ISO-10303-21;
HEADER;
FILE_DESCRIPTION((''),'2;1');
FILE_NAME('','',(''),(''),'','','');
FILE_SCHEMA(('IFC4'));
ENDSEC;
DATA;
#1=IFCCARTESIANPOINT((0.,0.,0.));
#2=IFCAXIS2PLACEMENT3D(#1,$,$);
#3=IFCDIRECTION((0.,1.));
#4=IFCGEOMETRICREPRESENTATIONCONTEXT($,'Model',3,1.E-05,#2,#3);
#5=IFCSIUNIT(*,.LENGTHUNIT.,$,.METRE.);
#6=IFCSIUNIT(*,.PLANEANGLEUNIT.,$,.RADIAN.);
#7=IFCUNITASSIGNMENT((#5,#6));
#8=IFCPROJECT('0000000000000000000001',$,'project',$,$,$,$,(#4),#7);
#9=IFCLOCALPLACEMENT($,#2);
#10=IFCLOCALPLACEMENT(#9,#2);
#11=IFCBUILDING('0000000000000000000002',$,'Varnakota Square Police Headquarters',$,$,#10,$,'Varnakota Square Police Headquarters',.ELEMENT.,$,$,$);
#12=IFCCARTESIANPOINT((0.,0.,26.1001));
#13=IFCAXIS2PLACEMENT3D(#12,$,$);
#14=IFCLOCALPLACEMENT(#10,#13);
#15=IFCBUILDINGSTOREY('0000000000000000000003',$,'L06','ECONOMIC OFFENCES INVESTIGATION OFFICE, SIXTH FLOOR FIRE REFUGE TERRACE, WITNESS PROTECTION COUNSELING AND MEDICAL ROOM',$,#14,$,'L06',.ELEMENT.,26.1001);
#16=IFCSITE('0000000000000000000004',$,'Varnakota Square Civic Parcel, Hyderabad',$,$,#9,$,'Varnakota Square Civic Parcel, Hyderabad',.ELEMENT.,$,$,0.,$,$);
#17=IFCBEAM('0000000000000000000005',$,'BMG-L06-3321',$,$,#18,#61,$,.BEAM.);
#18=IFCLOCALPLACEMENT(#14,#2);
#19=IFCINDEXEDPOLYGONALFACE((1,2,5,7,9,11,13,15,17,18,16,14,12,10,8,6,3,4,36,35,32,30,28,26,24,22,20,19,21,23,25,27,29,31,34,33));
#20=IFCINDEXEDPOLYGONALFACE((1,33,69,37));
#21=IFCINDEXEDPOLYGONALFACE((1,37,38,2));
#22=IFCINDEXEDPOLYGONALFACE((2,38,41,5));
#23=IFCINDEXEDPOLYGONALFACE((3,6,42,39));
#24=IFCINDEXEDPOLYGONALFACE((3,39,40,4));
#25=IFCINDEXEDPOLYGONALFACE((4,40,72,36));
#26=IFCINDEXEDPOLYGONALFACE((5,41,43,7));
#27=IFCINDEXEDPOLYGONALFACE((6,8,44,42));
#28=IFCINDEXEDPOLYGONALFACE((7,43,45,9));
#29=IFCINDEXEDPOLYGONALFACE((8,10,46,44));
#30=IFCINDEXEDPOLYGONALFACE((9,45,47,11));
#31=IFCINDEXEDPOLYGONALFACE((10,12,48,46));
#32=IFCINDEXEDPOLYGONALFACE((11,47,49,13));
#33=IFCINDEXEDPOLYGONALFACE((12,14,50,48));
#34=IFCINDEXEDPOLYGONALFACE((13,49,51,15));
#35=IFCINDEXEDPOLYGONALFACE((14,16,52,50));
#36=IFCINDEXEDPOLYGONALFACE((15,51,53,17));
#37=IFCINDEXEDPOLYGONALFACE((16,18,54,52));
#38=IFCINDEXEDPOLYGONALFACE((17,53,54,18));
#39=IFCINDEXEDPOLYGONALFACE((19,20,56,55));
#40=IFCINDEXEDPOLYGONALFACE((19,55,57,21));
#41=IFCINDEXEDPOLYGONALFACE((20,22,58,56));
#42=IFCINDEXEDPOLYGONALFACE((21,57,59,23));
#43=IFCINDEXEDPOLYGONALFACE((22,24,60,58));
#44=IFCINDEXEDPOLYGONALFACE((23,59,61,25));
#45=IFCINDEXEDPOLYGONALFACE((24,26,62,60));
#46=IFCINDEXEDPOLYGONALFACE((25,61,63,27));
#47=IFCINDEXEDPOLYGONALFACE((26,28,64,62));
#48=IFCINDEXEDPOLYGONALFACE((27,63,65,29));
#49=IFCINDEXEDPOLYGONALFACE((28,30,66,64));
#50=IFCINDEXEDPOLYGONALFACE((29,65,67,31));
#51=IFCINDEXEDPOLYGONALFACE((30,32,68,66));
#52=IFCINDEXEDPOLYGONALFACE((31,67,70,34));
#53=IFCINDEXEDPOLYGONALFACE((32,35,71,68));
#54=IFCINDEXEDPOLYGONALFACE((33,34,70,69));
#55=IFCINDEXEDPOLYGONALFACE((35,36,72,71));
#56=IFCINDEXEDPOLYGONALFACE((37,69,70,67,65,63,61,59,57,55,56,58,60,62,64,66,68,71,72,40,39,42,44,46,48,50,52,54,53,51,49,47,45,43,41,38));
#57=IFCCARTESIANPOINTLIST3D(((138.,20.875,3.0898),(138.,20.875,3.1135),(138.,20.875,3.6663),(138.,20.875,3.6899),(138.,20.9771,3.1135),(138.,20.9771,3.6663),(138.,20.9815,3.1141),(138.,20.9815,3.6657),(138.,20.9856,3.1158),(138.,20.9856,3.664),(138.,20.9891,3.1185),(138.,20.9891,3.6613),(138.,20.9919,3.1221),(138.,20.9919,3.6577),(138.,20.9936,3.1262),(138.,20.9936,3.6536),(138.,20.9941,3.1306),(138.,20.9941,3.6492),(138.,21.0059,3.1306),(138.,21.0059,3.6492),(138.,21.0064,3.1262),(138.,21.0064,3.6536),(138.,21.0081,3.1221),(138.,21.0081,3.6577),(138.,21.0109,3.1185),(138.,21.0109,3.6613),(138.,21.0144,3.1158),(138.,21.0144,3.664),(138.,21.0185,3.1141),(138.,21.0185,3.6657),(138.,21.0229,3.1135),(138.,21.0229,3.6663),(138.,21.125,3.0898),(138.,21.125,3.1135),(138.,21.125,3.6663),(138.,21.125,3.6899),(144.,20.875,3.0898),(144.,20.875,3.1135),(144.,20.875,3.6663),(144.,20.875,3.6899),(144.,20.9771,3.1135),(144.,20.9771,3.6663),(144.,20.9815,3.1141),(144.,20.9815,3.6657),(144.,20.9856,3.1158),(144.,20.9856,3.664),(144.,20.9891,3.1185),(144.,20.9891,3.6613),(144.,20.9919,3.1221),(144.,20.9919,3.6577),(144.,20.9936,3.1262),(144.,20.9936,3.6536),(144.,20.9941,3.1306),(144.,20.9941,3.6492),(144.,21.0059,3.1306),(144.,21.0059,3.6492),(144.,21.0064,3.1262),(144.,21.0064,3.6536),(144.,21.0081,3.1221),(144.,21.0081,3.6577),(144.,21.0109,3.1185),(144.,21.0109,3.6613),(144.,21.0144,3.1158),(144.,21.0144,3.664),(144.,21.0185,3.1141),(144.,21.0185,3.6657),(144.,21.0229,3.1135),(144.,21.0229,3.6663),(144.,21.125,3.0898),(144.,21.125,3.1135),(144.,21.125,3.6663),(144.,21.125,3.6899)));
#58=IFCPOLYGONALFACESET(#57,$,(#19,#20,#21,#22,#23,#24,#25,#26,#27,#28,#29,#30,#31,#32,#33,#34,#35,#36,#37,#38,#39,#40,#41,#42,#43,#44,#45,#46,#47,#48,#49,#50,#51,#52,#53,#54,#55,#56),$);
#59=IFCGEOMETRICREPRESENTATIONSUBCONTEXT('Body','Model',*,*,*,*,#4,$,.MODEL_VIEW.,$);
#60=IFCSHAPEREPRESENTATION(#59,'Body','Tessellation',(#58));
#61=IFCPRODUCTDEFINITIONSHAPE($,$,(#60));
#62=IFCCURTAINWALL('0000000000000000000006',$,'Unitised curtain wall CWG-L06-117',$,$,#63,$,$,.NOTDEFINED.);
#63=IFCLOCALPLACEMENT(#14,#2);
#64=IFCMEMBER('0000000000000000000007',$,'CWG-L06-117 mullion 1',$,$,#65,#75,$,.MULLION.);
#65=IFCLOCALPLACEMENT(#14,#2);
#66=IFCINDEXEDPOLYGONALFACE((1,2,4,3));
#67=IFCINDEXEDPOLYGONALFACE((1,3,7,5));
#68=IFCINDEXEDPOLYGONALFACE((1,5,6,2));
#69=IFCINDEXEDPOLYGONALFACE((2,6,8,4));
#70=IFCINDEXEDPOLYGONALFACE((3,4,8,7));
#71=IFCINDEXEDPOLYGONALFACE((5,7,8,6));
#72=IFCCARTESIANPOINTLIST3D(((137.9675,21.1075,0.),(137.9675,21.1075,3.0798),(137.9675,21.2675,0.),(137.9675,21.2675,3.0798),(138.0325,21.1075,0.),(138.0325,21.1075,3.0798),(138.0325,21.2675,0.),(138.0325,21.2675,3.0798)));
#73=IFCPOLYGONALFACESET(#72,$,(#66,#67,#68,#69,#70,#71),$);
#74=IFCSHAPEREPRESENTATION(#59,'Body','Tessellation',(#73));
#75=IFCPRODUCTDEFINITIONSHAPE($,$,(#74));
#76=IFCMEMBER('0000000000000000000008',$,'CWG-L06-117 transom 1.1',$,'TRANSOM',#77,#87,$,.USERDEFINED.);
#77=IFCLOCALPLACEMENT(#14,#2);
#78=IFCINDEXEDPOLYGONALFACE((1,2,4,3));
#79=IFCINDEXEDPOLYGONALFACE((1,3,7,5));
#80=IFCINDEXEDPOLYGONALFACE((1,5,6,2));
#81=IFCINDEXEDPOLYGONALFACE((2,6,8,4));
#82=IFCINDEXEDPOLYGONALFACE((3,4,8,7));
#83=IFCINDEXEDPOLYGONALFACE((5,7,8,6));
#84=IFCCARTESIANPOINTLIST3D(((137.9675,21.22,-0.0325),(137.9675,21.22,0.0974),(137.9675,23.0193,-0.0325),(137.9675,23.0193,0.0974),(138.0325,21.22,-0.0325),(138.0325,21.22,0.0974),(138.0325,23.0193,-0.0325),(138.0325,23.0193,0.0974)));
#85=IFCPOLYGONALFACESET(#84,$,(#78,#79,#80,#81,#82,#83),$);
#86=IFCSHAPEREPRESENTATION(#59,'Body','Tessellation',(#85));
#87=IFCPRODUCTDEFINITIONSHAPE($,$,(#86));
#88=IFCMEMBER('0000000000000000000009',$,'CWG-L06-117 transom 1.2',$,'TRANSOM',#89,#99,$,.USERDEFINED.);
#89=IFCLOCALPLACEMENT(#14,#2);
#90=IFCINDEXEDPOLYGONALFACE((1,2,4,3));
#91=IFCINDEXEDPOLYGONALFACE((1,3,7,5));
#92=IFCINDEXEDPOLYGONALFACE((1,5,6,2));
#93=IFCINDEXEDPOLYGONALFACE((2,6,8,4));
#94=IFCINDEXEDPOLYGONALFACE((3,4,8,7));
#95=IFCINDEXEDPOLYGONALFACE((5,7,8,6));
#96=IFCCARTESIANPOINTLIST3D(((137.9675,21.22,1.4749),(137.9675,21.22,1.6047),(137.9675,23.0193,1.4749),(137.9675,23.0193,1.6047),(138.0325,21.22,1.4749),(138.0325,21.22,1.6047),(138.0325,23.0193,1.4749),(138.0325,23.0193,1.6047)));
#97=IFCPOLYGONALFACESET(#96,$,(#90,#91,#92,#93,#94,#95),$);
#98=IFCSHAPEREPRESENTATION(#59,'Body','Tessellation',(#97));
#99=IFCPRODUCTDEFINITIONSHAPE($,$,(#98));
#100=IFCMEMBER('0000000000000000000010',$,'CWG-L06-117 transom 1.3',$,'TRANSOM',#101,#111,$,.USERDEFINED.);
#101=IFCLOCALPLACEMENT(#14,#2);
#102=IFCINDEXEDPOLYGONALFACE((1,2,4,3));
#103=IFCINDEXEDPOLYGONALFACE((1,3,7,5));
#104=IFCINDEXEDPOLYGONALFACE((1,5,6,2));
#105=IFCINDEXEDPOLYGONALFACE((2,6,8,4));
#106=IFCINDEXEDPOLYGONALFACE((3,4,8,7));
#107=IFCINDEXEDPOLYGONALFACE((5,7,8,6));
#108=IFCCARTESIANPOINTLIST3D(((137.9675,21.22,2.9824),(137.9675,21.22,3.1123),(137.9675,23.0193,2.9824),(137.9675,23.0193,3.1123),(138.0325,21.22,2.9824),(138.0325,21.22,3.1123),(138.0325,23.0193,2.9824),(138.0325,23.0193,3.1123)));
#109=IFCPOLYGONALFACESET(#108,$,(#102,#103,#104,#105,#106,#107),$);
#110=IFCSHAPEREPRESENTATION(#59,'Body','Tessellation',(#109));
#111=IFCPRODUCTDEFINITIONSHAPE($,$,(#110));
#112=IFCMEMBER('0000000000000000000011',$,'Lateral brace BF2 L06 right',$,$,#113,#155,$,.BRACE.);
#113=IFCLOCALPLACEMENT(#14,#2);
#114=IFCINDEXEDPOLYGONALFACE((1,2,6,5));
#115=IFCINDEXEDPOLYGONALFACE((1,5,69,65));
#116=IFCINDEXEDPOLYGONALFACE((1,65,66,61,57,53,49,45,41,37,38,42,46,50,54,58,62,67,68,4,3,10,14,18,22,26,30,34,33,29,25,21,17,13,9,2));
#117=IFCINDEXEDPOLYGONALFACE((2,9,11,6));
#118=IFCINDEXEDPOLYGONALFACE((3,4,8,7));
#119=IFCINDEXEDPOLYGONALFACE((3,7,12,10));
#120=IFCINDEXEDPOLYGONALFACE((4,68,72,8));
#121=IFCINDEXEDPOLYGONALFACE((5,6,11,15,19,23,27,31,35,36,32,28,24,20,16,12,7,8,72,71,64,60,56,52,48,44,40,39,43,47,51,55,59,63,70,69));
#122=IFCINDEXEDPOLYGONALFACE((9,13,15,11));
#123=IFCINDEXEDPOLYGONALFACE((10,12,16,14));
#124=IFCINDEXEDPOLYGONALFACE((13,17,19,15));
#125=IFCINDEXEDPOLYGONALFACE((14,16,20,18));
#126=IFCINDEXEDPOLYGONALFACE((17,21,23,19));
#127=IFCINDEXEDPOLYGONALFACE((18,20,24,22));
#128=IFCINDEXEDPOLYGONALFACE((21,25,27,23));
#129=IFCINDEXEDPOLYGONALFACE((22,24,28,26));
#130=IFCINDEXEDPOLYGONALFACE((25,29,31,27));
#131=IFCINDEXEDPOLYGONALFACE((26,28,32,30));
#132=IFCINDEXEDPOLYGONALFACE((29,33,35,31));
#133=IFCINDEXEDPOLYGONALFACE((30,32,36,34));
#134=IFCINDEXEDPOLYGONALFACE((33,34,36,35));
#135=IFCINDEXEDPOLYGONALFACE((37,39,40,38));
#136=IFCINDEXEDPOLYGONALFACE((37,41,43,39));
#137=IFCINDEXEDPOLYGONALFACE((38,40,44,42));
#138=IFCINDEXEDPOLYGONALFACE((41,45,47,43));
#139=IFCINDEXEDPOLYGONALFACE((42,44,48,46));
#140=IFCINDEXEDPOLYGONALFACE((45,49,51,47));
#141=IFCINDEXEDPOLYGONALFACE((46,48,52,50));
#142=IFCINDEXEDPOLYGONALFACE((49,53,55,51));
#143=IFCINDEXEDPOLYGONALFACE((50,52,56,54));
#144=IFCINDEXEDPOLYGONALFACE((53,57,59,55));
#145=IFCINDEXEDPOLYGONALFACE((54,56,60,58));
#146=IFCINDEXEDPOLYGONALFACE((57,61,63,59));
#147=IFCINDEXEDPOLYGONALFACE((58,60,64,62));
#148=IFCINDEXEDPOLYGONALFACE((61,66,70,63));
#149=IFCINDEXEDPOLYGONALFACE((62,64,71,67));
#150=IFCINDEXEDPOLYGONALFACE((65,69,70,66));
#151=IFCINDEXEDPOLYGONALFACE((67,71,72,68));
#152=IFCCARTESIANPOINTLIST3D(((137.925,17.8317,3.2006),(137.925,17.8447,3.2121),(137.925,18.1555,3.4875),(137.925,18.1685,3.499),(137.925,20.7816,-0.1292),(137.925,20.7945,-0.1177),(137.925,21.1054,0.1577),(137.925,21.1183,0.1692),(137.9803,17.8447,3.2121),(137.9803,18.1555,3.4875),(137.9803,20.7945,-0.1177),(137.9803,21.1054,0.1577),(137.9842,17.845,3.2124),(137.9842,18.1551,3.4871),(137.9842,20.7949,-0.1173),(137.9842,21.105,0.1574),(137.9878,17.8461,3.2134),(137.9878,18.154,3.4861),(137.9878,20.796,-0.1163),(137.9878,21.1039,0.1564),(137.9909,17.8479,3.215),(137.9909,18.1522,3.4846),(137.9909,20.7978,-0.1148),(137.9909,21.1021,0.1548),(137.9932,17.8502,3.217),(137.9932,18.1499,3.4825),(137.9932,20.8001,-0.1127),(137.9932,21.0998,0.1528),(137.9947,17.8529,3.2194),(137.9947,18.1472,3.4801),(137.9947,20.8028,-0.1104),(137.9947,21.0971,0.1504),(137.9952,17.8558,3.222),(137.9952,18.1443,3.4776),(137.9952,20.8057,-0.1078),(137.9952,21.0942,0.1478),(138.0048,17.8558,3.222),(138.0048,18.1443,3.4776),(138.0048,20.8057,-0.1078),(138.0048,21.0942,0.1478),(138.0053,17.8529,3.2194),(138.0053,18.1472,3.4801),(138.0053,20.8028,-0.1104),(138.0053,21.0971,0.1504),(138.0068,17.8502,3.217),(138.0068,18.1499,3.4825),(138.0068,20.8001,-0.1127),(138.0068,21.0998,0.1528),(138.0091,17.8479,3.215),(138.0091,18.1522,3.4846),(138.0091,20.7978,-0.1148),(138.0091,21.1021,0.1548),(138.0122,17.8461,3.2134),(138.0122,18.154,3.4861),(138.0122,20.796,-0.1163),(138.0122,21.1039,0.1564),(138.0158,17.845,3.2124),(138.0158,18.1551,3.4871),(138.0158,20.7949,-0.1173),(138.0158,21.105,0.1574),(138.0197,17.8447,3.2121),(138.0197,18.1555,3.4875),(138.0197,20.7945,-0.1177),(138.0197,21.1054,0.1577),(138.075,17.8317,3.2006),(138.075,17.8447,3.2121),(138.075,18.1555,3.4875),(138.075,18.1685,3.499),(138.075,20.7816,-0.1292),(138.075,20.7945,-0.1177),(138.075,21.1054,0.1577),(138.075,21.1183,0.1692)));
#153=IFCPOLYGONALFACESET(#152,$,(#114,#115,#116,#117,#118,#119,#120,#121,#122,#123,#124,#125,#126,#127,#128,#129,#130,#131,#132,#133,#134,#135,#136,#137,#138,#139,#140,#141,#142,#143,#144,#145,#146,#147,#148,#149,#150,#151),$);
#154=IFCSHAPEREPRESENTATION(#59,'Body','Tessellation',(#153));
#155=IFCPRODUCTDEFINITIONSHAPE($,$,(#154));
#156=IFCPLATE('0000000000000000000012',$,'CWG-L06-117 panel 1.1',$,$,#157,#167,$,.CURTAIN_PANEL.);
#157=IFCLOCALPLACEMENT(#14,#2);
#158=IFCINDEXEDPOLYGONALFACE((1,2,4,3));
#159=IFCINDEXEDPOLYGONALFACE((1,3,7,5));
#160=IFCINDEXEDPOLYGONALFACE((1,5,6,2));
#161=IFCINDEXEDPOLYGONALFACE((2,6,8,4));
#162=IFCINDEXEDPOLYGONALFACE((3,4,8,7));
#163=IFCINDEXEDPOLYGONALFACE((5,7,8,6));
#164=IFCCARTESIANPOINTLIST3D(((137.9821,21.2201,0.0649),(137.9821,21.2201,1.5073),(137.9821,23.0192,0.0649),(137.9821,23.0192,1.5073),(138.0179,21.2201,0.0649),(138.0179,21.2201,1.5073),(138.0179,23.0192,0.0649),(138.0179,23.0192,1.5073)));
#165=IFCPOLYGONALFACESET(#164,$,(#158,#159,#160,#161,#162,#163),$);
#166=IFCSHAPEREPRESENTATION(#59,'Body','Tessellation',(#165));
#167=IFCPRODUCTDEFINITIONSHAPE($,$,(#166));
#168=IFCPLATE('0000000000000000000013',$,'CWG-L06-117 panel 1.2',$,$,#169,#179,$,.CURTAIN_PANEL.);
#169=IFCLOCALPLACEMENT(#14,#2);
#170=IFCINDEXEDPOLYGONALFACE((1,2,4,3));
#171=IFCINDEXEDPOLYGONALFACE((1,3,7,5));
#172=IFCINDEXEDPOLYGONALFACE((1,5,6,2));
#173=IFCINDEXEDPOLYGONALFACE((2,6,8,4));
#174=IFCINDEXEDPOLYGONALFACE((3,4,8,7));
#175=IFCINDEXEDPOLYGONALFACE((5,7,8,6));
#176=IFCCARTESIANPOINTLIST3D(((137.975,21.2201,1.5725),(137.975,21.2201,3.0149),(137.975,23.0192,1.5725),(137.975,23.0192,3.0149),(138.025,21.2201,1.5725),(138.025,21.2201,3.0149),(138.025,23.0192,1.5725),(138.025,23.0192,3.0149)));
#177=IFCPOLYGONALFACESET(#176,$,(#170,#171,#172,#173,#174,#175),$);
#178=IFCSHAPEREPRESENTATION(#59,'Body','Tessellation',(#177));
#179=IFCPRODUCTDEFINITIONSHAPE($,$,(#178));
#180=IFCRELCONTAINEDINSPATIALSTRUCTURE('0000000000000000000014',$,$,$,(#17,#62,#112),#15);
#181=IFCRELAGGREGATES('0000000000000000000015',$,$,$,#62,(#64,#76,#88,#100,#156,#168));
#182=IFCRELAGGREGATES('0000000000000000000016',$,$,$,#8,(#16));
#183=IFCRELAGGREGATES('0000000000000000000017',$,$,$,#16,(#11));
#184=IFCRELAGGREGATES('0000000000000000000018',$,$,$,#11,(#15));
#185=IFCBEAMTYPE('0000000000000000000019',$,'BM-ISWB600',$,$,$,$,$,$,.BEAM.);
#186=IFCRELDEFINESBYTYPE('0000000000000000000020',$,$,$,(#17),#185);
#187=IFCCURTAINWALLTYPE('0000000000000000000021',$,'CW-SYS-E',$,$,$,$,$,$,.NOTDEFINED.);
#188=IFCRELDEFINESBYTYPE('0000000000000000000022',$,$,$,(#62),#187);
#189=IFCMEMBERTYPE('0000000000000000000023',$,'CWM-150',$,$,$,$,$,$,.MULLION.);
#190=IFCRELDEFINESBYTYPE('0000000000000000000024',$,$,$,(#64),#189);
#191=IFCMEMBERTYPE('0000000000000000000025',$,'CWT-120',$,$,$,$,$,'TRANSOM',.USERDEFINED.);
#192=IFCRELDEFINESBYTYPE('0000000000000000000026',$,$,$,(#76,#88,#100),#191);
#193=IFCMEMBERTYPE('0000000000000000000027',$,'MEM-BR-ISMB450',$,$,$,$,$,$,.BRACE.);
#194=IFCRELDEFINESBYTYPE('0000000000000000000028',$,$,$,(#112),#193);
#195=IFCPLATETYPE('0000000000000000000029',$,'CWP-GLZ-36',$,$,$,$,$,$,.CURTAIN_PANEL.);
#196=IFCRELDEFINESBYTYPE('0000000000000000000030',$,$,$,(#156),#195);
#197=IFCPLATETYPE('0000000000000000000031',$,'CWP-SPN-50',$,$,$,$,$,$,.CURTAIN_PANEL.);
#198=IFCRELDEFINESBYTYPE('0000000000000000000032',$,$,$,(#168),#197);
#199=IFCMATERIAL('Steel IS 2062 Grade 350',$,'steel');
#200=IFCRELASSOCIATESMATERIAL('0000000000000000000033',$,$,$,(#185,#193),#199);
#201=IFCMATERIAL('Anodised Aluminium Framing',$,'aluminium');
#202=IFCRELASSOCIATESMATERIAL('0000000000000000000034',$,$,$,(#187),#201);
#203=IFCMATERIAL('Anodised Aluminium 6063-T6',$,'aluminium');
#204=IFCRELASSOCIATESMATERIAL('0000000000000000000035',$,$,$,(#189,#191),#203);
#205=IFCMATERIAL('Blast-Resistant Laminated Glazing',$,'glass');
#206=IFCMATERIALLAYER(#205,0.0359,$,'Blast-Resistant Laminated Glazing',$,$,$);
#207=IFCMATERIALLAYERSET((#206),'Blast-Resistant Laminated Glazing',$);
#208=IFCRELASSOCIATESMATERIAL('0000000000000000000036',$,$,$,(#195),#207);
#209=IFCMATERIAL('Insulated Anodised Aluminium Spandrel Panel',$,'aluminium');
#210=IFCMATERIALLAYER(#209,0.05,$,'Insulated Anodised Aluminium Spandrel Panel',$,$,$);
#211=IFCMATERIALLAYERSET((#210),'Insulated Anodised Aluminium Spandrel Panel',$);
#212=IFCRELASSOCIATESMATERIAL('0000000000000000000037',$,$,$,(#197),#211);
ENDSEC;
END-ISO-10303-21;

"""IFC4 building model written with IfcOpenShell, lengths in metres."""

from ifc_helpers import new_model, si_unit, direction, frame, origin, origin_2d, place, context, subcontext, project, spatial, rectangle, i_section, extrude, material, layer, layer_set, material_profile, profile_set, type_object, element, aggregate, save


model = new_model("IFC4")

# Units and contexts
model_context = context("Model", 3, precision=1e-05, world=origin(), true_north=direction((0.0, 1.0)))
body_context = subcontext(model_context, "Body", "Model", "MODEL_VIEW")
ifc_project = project(units=[si_unit("LENGTHUNIT", "METRE"), si_unit("PLANEANGLEUNIT", "RADIAN")], contexts=[model_context])

# Site, building, storey
site_placement = place(None, origin())
site = spatial("IfcSite", under=ifc_project, at=site_placement, Name="Varnakota Square Civic Parcel, Hyderabad", LongName="Varnakota Square Civic Parcel, Hyderabad", CompositionType="ELEMENT", RefElevation=0.0)
building_placement = place(site_placement, origin())
building = spatial("IfcBuilding", under=site, at=building_placement, Name="Varnakota Square Police Headquarters", LongName="Varnakota Square Police Headquarters", CompositionType="ELEMENT")
storey_placement = place(building_placement, frame((0.0, 0.0, 26.1001)))
storey = spatial("IfcBuildingStorey", under=building, at=storey_placement, Name="L06", Description="ECONOMIC OFFENCES INVESTIGATION OFFICE, SIXTH FLOOR FIRE REFUGE TERRACE, WITNESS PROTECTION COUNSELING AND MEDICAL ROOM", LongName="L06", CompositionType="ELEMENT", Elevation=26.1001)

# Shared definitions
ifc_material_1 = material(Name="Steel IS 2062 Grade 350", Category="steel")

# Beam
ifc_material_profile_1 = material_profile(ifc_material_1, i_section(OverallWidth=0.25, OverallDepth=0.6001, WebThickness=0.0117, FlangeThickness=0.0237, FilletRadius=0.0171, at=origin_2d()), Name="ISWB 600")
ifc_profile_set_1 = profile_set([ifc_material_profile_1], Name="Steel IS 2062 Grade 350")
beam_type_1 = type_object("IfcBeamType", Name="BM-ISWB600", PredefinedType="BEAM", material=ifc_profile_set_1)
beam_1_placement = place(storey_placement, frame((138.0, 21.0, 3.3899), z_axis=(1.0, 0.0, 0.0), x_axis=(0.0, 1.0, 0.0)))
element("IfcBeam", 1, at=beam_1_placement, inside=storey, type_object=beam_type_1, Name="BMG-L06-3321", PredefinedType="BEAM", context=body_context, shape_type="SweptSolid", body=[
    extrude(i_section(OverallWidth=0.25, OverallDepth=0.6001, WebThickness=0.0117, FlangeThickness=0.0237, FilletRadius=0.0171, at=origin_2d()), origin(), (0.0, 0.0, 1.0), 6.0),
])

# Curtain wall, members
ifc_material_2 = material(Name="Anodised Aluminium Framing", Category="aluminium")
curtain_wall_type = type_object("IfcCurtainWallType", Name="CW-SYS-E", PredefinedType="NOTDEFINED", material=ifc_material_2)
curtain_wall_placement = place(storey_placement, origin())
curtain_wall = element("IfcCurtainWall", 2, at=curtain_wall_placement, inside=storey, type_object=curtain_wall_type, Name="Unitised curtain wall CWG-L06-117", PredefinedType="NOTDEFINED")
ifc_material_3 = material(Name="Anodised Aluminium 6063-T6", Category="aluminium")
ifc_material_profile_2 = material_profile(ifc_material_3, rectangle(XDim=0.0649, YDim=0.1599, at=origin_2d()), Name="ALU MULLION 65x160")
ifc_profile_set_2 = profile_set([ifc_material_profile_2], Name="Anodised Aluminium 6063-T6")
member_type_1 = type_object("IfcMemberType", Name="CWM-150", PredefinedType="MULLION", material=ifc_profile_set_2)
member_1_placement = place(storey_placement, frame((138.0, 21.1875, 0.0), z_axis=(0.0, 0.0, 1.0), x_axis=(-1.0, 0.0, 0.0)))
member_1 = element("IfcMember", 3, at=member_1_placement, type_object=member_type_1, Name="CWG-L06-117 mullion 1", PredefinedType="MULLION", context=body_context, shape_type="SweptSolid", body=[
    extrude(rectangle(XDim=0.0649, YDim=0.1599, at=origin_2d()), origin(), (0.0, 0.0, 1.0), 3.0798),
])
ifc_material_profile_3 = material_profile(ifc_material_3, rectangle(XDim=0.0649, YDim=0.1299, at=origin_2d()), Name="ALU TRANSOM 65x130")
ifc_profile_set_3 = profile_set([ifc_material_profile_3], Name="Anodised Aluminium 6063-T6")
member_type_2 = type_object("IfcMemberType", Name="CWT-120", ElementType="TRANSOM", PredefinedType="USERDEFINED", material=ifc_profile_set_3)
member_2_placement = place(storey_placement, frame((138.0, 21.22, 0.0325), z_axis=(0.0, 1.0, 0.0), x_axis=(-1.0, 0.0, 0.0)))
member_2 = element("IfcMember", 4, at=member_2_placement, type_object=member_type_2, Name="CWG-L06-117 transom 1.1", ObjectType="TRANSOM", PredefinedType="USERDEFINED", context=body_context, shape_type="SweptSolid", body=[
    extrude(rectangle(XDim=0.0649, YDim=0.1299, at=origin_2d()), origin(), (0.0, 0.0, 1.0), 1.7993),
])
member_3_placement = place(storey_placement, frame((138.0, 21.22, 1.5398), z_axis=(0.0, 1.0, 0.0), x_axis=(-1.0, 0.0, 0.0)))
member_3 = element("IfcMember", 5, at=member_3_placement, type_object=member_type_2, Name="CWG-L06-117 transom 1.2", ObjectType="TRANSOM", PredefinedType="USERDEFINED", context=body_context, shape_type="SweptSolid", body=[
    extrude(rectangle(XDim=0.0649, YDim=0.1299, at=origin_2d()), origin(), (0.0, 0.0, 1.0), 1.7993),
])
member_4_placement = place(storey_placement, frame((138.0, 21.22, 3.0474), z_axis=(0.0, 1.0, 0.0), x_axis=(-1.0, 0.0, 0.0)))
member_4 = element("IfcMember", 6, at=member_4_placement, type_object=member_type_2, Name="CWG-L06-117 transom 1.3", ObjectType="TRANSOM", PredefinedType="USERDEFINED", context=body_context, shape_type="SweptSolid", body=[
    extrude(rectangle(XDim=0.0649, YDim=0.1299, at=origin_2d()), origin(), (0.0, 0.0, 1.0), 1.7993),
])

# Member
ifc_material_profile_4 = material_profile(ifc_material_1, i_section(OverallWidth=0.1499, OverallDepth=0.45, WebThickness=0.0095, FlangeThickness=0.0173, FilletRadius=0.0149, at=origin_2d()), Name="ISMB 450")
ifc_profile_set_4 = profile_set([ifc_material_profile_4], Name="Steel IS 2062 Grade 350")
member_type_3 = type_object("IfcMemberType", Name="MEM-BR-ISMB450", PredefinedType="BRACE", material=ifc_profile_set_4)
member_5_placement = place(storey_placement, frame((138.0, 20.95, 0.02), z_axis=(0.0, -0.66312, 0.748513), x_axis=(1.0, 0.0, 0.0)))
element("IfcMember", 7, at=member_5_placement, inside=storey, type_object=member_type_3, Name="Lateral brace BF2 L06 right", PredefinedType="BRACE", context=body_context, shape_type="SweptSolid", body=[
    extrude(i_section(OverallWidth=0.1499, OverallDepth=0.45, WebThickness=0.0095, FlangeThickness=0.0173, FilletRadius=0.0149, at=origin_2d()), origin(), (0.0, 0.0, 1.0), 4.4485),
])

# Plates
ifc_material_4 = material(Name="Blast-Resistant Laminated Glazing", Category="glass")
ifc_layer_1 = layer(ifc_material_4, 0.0359, Name="Blast-Resistant Laminated Glazing")
ifc_layer_set_1 = layer_set([ifc_layer_1], Name="Blast-Resistant Laminated Glazing")
plate_type_1 = type_object("IfcPlateType", Name="CWP-GLZ-36", PredefinedType="CURTAIN_PANEL", material=ifc_layer_set_1)
plate_1_placement = place(storey_placement, frame((138.0, 22.1196, 0.0649), z_axis=(0.0, 0.0, 1.0), x_axis=(0.0, 1.0, 0.0)))
plate_1 = element("IfcPlate", 8, at=plate_1_placement, type_object=plate_type_1, Name="CWG-L06-117 panel 1.1", PredefinedType="CURTAIN_PANEL", context=body_context, shape_type="SweptSolid", body=[
    extrude(rectangle(XDim=1.7991, YDim=0.0359, at=origin_2d()), origin(), (0.0, 0.0, 1.0), 1.4424),
])
ifc_material_5 = material(Name="Insulated Anodised Aluminium Spandrel Panel", Category="aluminium")
ifc_layer_2 = layer(ifc_material_5, 0.05, Name="Insulated Anodised Aluminium Spandrel Panel")
ifc_layer_set_2 = layer_set([ifc_layer_2], Name="Insulated Anodised Aluminium Spandrel Panel")
plate_type_2 = type_object("IfcPlateType", Name="CWP-SPN-50", PredefinedType="CURTAIN_PANEL", material=ifc_layer_set_2)
plate_2_placement = place(storey_placement, frame((138.0, 22.1196, 1.5725), z_axis=(0.0, 0.0, 1.0), x_axis=(0.0, 1.0, 0.0)))
plate_2 = element("IfcPlate", 9, at=plate_2_placement, type_object=plate_type_2, Name="CWG-L06-117 panel 1.2", PredefinedType="CURTAIN_PANEL", context=body_context, shape_type="SweptSolid", body=[
    extrude(rectangle(XDim=1.7991, YDim=0.05, at=origin_2d()), origin(), (0.0, 0.0, 1.0), 1.4424),
])
aggregate(curtain_wall, [member_1, member_2, member_3, member_4, plate_1, plate_2])

save(model, "model.ifc")
